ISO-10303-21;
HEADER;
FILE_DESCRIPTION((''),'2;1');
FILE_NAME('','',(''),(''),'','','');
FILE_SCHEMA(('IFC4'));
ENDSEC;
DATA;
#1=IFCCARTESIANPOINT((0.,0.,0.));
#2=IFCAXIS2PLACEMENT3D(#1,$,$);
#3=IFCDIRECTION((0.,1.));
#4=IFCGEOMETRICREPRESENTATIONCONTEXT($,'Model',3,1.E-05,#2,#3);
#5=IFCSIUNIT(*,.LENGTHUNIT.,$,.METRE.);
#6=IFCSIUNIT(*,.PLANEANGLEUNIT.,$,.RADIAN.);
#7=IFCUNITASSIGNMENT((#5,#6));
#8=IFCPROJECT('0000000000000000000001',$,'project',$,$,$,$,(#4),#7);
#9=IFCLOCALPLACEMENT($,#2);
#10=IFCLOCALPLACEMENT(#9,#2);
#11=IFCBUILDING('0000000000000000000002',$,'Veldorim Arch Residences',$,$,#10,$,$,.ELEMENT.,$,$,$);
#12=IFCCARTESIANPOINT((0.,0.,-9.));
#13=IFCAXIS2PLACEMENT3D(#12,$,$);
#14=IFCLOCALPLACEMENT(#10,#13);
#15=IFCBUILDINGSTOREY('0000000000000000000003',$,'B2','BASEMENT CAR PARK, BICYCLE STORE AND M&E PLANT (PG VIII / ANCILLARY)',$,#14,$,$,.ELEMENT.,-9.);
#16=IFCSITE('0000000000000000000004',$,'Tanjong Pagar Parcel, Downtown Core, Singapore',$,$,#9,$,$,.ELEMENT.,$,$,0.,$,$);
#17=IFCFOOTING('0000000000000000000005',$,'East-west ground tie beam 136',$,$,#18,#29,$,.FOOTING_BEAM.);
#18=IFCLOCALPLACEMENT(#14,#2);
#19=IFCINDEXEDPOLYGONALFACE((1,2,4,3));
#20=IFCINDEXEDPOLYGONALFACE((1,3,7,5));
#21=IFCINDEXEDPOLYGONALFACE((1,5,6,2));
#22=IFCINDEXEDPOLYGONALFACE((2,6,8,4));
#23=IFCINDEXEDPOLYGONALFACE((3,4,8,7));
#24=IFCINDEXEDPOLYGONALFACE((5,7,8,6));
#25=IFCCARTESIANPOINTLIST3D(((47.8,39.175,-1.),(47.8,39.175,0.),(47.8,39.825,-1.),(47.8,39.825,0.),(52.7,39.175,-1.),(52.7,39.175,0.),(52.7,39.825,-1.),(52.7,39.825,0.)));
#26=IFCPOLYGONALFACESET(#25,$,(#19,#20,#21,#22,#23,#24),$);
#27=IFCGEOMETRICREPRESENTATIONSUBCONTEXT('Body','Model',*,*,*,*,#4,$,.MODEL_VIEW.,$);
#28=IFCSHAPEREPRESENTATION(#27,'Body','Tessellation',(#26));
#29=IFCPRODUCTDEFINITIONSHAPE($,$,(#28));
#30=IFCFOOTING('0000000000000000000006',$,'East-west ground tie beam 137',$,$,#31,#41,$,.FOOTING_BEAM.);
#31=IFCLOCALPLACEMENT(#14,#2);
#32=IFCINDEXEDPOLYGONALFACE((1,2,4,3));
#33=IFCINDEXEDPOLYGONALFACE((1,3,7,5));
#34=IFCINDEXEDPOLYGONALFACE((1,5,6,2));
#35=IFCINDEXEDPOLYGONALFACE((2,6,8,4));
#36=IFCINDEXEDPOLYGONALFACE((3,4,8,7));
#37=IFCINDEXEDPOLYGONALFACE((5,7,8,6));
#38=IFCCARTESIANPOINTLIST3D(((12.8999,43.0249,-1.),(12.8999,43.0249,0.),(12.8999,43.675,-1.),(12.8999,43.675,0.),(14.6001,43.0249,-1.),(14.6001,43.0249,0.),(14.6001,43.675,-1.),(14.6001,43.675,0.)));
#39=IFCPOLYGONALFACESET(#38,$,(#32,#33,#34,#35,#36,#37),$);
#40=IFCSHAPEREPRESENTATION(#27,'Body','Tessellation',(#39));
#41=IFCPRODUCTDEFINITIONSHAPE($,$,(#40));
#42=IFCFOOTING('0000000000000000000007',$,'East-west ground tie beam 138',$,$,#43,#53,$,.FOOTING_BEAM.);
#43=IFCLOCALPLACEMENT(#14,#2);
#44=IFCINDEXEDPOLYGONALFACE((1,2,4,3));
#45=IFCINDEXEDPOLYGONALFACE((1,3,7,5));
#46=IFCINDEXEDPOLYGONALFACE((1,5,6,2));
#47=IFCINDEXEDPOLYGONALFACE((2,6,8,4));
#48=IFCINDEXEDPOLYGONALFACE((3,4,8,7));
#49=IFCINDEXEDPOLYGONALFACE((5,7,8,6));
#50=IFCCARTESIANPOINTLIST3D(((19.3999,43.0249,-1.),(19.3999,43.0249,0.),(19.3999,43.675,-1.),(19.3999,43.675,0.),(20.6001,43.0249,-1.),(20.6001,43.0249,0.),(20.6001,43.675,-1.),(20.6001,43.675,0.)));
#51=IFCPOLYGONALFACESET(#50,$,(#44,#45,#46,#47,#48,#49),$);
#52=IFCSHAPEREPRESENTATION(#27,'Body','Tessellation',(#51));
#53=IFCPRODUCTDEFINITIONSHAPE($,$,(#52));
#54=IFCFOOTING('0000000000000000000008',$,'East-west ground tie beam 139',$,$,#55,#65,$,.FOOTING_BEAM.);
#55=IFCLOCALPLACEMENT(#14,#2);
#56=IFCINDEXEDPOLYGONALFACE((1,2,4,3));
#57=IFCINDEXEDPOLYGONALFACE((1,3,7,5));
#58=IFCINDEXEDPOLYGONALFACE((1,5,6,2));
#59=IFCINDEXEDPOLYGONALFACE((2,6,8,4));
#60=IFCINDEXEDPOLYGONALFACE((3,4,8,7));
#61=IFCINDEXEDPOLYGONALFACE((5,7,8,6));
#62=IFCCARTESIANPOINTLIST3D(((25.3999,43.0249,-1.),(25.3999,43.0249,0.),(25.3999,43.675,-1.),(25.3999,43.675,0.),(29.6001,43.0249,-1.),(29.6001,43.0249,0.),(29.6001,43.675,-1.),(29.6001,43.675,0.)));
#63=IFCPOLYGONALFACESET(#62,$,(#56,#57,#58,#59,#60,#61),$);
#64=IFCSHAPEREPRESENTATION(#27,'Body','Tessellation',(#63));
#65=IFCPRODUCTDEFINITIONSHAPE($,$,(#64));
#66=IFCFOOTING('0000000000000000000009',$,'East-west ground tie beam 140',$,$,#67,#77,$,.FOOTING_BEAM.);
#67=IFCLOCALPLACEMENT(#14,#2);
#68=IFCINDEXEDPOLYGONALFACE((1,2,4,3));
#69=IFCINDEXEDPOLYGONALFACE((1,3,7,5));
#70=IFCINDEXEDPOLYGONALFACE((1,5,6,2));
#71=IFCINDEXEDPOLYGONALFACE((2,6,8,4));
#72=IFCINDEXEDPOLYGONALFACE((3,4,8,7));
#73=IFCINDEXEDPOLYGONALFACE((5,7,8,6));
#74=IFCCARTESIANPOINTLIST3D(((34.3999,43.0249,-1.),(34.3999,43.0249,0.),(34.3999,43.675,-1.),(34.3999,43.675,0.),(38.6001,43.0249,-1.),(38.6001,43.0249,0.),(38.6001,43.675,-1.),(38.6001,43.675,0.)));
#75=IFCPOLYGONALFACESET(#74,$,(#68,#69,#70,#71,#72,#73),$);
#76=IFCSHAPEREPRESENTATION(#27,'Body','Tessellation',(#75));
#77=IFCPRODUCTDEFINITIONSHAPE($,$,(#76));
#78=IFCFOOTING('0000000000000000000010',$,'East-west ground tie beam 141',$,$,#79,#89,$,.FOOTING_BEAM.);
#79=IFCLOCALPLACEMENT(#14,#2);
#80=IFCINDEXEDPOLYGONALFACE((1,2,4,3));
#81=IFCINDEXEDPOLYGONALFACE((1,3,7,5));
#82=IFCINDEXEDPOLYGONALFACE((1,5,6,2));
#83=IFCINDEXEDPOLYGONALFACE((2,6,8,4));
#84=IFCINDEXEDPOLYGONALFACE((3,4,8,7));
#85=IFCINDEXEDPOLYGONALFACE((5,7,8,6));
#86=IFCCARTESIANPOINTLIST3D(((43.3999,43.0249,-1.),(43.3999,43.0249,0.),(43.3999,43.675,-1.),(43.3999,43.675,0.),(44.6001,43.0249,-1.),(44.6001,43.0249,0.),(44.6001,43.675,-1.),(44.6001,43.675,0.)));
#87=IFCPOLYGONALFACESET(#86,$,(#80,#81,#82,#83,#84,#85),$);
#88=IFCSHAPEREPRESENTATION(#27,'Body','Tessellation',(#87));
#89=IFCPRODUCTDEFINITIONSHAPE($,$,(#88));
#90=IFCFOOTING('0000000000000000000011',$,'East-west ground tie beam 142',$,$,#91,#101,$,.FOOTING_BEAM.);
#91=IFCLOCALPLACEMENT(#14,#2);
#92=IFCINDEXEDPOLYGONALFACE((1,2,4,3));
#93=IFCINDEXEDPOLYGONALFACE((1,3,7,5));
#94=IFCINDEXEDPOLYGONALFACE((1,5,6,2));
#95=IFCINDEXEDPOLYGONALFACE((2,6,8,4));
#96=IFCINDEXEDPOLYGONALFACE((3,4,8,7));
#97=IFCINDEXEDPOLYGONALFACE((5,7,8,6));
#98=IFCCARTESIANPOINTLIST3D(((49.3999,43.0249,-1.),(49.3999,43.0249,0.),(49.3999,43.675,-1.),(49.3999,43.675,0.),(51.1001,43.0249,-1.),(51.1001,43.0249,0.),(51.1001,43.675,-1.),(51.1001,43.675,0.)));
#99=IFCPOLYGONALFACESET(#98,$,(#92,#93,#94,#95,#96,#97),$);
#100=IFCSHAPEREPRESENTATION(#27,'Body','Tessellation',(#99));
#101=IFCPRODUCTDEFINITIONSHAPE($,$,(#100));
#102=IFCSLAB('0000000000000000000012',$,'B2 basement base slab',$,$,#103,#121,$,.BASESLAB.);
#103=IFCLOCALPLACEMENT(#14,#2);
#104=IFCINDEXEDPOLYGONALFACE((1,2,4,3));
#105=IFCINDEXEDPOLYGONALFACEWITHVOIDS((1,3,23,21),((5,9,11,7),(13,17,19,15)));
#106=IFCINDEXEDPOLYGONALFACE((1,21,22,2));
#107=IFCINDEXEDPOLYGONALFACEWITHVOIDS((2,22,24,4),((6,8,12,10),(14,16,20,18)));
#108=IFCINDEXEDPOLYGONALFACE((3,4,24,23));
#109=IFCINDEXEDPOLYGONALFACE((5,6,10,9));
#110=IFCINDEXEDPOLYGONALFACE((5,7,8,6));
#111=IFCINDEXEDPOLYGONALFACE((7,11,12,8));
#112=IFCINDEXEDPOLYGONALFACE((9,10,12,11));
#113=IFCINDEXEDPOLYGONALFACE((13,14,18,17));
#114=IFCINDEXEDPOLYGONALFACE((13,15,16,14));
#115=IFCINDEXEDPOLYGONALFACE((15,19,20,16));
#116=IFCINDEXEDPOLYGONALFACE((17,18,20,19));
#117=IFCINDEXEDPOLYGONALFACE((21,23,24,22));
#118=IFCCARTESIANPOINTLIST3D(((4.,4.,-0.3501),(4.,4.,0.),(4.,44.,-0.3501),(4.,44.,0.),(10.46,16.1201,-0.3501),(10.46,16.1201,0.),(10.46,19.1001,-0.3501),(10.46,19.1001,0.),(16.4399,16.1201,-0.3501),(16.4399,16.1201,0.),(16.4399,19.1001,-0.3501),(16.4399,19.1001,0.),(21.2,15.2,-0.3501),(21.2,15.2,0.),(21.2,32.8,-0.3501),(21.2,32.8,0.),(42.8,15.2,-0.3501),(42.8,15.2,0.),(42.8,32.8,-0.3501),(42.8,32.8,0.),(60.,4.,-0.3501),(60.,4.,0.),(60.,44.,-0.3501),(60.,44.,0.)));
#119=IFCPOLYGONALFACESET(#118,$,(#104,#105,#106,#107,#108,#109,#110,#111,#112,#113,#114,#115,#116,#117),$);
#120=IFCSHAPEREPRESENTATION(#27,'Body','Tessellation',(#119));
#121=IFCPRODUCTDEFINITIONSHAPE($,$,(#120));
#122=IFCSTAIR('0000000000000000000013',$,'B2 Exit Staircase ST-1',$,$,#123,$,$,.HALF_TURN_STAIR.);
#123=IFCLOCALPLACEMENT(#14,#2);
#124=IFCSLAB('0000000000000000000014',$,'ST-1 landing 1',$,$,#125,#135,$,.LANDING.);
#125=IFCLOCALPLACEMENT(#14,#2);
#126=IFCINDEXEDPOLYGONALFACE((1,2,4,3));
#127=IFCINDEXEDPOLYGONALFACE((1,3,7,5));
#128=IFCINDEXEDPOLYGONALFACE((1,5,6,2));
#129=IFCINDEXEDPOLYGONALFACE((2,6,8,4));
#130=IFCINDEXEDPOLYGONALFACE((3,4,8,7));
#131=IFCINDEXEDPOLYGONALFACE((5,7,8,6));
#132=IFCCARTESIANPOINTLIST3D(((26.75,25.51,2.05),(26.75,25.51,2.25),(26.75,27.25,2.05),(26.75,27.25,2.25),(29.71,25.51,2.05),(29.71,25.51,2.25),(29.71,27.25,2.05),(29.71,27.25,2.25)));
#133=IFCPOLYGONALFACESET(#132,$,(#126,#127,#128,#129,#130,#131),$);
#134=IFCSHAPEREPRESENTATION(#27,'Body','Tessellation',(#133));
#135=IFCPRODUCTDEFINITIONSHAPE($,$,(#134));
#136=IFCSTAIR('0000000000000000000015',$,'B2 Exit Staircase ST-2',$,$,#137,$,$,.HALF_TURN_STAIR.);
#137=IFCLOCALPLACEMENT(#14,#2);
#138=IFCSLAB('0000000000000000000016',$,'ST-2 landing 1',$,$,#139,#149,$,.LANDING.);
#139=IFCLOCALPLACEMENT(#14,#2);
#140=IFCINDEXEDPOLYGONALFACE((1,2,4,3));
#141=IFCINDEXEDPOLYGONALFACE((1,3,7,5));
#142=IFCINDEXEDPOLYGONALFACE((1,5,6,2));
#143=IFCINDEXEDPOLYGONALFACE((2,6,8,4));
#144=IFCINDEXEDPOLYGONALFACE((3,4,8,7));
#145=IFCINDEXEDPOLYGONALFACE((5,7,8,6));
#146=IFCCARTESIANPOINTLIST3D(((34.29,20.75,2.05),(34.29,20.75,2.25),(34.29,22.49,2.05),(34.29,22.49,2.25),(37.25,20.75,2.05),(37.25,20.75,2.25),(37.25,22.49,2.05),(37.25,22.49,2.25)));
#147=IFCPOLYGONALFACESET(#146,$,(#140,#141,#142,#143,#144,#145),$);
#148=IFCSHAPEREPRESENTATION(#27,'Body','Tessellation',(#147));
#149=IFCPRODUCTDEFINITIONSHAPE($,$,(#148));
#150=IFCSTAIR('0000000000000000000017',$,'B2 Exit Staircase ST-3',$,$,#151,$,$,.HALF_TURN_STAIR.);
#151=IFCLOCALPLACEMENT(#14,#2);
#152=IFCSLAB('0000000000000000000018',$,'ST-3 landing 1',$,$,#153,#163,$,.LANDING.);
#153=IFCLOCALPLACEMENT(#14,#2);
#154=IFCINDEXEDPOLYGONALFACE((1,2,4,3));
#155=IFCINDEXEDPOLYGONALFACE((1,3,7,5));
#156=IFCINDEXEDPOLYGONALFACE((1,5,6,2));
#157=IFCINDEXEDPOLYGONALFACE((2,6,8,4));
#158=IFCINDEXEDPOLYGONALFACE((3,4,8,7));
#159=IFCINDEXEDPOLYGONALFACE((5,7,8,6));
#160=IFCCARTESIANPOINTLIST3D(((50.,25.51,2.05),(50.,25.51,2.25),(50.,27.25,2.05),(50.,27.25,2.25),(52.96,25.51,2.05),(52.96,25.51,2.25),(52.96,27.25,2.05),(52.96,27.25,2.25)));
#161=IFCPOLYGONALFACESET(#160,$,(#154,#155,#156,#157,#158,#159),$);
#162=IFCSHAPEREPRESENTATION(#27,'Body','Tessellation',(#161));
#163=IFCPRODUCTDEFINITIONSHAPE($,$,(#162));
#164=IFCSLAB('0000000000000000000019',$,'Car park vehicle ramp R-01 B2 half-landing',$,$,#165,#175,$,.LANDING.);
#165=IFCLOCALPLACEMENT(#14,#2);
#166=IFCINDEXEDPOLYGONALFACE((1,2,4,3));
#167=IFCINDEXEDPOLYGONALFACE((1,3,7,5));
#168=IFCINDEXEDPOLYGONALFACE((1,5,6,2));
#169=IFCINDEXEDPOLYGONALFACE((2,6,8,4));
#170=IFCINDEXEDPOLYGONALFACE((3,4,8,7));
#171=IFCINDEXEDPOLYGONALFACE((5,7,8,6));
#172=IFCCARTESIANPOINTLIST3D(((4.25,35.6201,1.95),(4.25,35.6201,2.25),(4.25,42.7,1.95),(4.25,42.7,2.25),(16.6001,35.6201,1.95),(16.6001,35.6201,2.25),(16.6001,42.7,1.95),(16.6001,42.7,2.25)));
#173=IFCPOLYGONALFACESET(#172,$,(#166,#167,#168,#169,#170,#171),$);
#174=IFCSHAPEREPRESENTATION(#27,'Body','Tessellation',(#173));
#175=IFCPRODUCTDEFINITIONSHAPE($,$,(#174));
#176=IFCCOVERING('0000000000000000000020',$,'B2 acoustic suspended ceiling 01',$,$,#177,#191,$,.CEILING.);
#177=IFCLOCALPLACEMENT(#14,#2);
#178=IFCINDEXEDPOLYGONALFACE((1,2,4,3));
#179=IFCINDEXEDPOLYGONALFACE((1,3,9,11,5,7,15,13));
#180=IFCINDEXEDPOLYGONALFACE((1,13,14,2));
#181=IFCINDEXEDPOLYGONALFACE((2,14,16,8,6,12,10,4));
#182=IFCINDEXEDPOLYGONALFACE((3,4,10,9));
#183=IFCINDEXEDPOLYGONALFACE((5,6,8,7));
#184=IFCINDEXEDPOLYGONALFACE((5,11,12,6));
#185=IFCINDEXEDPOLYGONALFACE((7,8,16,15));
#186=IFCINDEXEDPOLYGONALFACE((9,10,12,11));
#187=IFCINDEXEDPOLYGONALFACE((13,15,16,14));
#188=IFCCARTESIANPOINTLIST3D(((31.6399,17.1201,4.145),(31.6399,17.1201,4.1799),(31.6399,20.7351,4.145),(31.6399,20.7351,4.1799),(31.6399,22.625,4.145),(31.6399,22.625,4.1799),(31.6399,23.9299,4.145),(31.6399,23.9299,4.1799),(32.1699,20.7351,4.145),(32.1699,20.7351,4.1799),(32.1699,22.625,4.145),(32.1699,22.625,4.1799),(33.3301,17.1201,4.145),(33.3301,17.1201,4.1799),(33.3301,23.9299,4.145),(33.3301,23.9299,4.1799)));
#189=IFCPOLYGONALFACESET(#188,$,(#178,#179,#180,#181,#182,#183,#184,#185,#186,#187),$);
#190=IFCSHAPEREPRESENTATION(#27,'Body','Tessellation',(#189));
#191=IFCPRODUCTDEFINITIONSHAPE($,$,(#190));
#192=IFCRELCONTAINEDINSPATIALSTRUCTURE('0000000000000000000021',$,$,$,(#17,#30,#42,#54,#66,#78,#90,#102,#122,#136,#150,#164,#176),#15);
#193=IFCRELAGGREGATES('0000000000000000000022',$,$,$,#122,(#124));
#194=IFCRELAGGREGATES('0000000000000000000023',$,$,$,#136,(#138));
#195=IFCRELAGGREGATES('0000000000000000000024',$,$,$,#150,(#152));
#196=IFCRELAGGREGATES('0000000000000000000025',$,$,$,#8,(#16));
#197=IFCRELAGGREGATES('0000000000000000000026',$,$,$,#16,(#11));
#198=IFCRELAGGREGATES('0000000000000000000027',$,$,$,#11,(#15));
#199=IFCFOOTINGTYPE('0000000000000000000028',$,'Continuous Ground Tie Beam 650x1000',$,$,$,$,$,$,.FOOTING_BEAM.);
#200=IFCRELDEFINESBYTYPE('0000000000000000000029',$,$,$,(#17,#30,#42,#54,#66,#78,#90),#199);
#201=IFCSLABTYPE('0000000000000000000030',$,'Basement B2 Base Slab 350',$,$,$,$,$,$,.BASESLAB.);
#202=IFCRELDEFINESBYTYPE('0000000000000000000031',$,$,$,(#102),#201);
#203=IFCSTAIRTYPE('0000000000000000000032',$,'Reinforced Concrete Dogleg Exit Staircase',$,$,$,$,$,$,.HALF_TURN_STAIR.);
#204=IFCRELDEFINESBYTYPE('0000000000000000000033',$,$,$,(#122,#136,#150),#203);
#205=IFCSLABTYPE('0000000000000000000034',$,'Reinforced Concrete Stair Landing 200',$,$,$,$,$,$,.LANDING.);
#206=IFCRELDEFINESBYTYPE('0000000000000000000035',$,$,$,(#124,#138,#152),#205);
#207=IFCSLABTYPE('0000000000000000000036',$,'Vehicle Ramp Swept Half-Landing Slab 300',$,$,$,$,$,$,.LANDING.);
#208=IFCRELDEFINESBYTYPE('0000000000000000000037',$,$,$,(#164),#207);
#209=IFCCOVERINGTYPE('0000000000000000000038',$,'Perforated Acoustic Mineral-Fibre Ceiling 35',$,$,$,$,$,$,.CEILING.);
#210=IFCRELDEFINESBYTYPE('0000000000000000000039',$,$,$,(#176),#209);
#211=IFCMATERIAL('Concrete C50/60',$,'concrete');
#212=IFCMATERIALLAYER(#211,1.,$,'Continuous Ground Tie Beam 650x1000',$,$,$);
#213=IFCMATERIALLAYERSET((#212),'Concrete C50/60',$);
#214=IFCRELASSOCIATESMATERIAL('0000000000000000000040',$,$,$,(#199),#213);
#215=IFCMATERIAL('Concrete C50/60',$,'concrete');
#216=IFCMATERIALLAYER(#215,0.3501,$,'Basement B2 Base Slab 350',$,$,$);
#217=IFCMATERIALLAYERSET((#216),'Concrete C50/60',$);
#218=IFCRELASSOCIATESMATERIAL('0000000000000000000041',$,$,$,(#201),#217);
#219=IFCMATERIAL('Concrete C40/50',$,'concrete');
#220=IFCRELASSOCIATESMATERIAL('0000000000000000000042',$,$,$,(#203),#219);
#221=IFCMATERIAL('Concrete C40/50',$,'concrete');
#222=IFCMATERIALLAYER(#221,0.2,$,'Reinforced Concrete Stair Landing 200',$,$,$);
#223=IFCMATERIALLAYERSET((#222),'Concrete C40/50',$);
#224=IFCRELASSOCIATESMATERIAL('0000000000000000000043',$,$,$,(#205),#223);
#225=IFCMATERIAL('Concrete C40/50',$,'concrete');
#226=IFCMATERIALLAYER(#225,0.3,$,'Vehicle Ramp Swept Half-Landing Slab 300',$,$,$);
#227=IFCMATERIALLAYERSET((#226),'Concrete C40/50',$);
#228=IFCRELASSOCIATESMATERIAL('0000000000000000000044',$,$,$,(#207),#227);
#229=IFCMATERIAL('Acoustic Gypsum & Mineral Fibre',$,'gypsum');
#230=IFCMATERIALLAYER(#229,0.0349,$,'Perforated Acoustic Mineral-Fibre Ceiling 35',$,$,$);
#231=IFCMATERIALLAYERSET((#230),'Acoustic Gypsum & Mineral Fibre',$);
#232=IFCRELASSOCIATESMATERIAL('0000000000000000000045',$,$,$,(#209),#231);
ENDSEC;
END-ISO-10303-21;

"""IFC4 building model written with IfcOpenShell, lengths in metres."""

from ifc_helpers import new_model, si_unit, direction, frame, origin, place, context, subcontext, project, spatial, polyline, outline, extrude, material, layer, layer_set, type_object, element, aggregate, save


model = new_model("IFC4")

# Units and contexts
model_context = context("Model", 3, precision=1e-05, world=origin(), true_north=direction((0.0, 1.0)))
body_context = subcontext(model_context, "Body", "Model", "MODEL_VIEW")
ifc_project = project(units=[si_unit("LENGTHUNIT", "METRE"), si_unit("PLANEANGLEUNIT", "RADIAN")], contexts=[model_context])

# Site, building, storey
site_placement = place(None, origin())
site = spatial("IfcSite", under=ifc_project, at=site_placement, Name="Tanjong Pagar Parcel, Downtown Core, Singapore", CompositionType="ELEMENT", RefElevation=0.0)
building_placement = place(site_placement, origin())
building = spatial("IfcBuilding", under=site, at=building_placement, Name="Veldorim Arch Residences", CompositionType="ELEMENT")
storey_placement = place(building_placement, frame((0.0, 0.0, -9.0)))
storey = spatial("IfcBuildingStorey", under=building, at=storey_placement, Name="B2", Description="BASEMENT CAR PARK, BICYCLE STORE AND M&E PLANT (PG VIII / ANCILLARY)", CompositionType="ELEMENT", Elevation=-9.0)

# Footings
ifc_material_1 = material(Name="Concrete C50/60", Category="concrete")
ifc_layer_1 = layer(ifc_material_1, 1.0, Name="Continuous Ground Tie Beam 650x1000")
ifc_layer_set_1 = layer_set([ifc_layer_1], Name="Concrete C50/60")
footing_type = type_object("IfcFootingType", Name="Continuous Ground Tie Beam 650x1000", PredefinedType="FOOTING_BEAM", material=ifc_layer_set_1)
footing_1_placement = place(storey_placement, frame((0.0, 0.0, -1.0)))
element("IfcFooting", 1, at=footing_1_placement, inside=storey, type_object=footing_type, Name="East-west ground tie beam 136", PredefinedType="FOOTING_BEAM", context=body_context, shape_type="SweptSolid", body=[
    extrude(outline(polyline([(47.8, 39.175), (52.7, 39.175), (52.7, 39.825), (47.8, 39.825), (47.8, 39.175)])), origin(), (0.0, 0.0, 1.0), 1.0),
])
footing_2_placement = place(storey_placement, frame((0.0, 0.0, -1.0)))
element("IfcFooting", 2, at=footing_2_placement, inside=storey, type_object=footing_type, Name="East-west ground tie beam 137", PredefinedType="FOOTING_BEAM", context=body_context, shape_type="SweptSolid", body=[
    extrude(outline(polyline([(12.8999, 43.0249), (14.6001, 43.0249), (14.6001, 43.675), (12.8999, 43.675), (12.8999, 43.0249)])), origin(), (0.0, 0.0, 1.0), 1.0),
])
footing_3_placement = place(storey_placement, frame((0.0, 0.0, -1.0)))
element("IfcFooting", 3, at=footing_3_placement, inside=storey, type_object=footing_type, Name="East-west ground tie beam 138", PredefinedType="FOOTING_BEAM", context=body_context, shape_type="SweptSolid", body=[
    extrude(outline(polyline([(19.3999, 43.0249), (20.6001, 43.0249), (20.6001, 43.675), (19.3999, 43.675), (19.3999, 43.0249)])), origin(), (0.0, 0.0, 1.0), 1.0),
])
footing_4_placement = place(storey_placement, frame((0.0, 0.0, -1.0)))
element("IfcFooting", 4, at=footing_4_placement, inside=storey, type_object=footing_type, Name="East-west ground tie beam 139", PredefinedType="FOOTING_BEAM", context=body_context, shape_type="SweptSolid", body=[
    extrude(outline(polyline([(25.3999, 43.0249), (29.6001, 43.0249), (29.6001, 43.675), (25.3999, 43.675), (25.3999, 43.0249)])), origin(), (0.0, 0.0, 1.0), 1.0),
])
footing_5_placement = place(storey_placement, frame((0.0, 0.0, -1.0)))
element("IfcFooting", 5, at=footing_5_placement, inside=storey, type_object=footing_type, Name="East-west ground tie beam 140", PredefinedType="FOOTING_BEAM", context=body_context, shape_type="SweptSolid", body=[
    extrude(outline(polyline([(34.3999, 43.0249), (38.6001, 43.0249), (38.6001, 43.675), (34.3999, 43.675), (34.3999, 43.0249)])), origin(), (0.0, 0.0, 1.0), 1.0),
])
footing_6_placement = place(storey_placement, frame((0.0, 0.0, -1.0)))
element("IfcFooting", 6, at=footing_6_placement, inside=storey, type_object=footing_type, Name="East-west ground tie beam 141", PredefinedType="FOOTING_BEAM", context=body_context, shape_type="SweptSolid", body=[
    extrude(outline(polyline([(43.3999, 43.0249), (44.6001, 43.0249), (44.6001, 43.675), (43.3999, 43.675), (43.3999, 43.0249)])), origin(), (0.0, 0.0, 1.0), 1.0),
])
footing_7_placement = place(storey_placement, frame((0.0, 0.0, -1.0)))
element("IfcFooting", 7, at=footing_7_placement, inside=storey, type_object=footing_type, Name="East-west ground tie beam 142", PredefinedType="FOOTING_BEAM", context=body_context, shape_type="SweptSolid", body=[
    extrude(outline(polyline([(49.3999, 43.0249), (51.1001, 43.0249), (51.1001, 43.675), (49.3999, 43.675), (49.3999, 43.0249)])), origin(), (0.0, 0.0, 1.0), 1.0),
])

# Slab
ifc_material_2 = material(Name="Concrete C50/60", Category="concrete")
ifc_layer_2 = layer(ifc_material_2, 0.3501, Name="Basement B2 Base Slab 350")
ifc_layer_set_2 = layer_set([ifc_layer_2], Name="Concrete C50/60")
slab_type_1 = type_object("IfcSlabType", Name="Basement B2 Base Slab 350", PredefinedType="BASESLAB", material=ifc_layer_set_2)
slab_1_placement = place(storey_placement, frame((0.0, 0.0, -0.3501)))
element("IfcSlab", 8, at=slab_1_placement, inside=storey, type_object=slab_type_1, Name="B2 basement base slab", PredefinedType="BASESLAB", context=body_context, shape_type="SweptSolid", body=[
    extrude(outline(polyline([(4.0, 4.0), (60.0, 4.0), (60.0, 44.0), (4.0, 44.0), (4.0, 4.0)]), holes=[polyline([(21.2, 15.2), (42.8, 15.2), (42.8, 32.8), (21.2, 32.8), (21.2, 15.2)]), polyline([(10.46, 16.1201), (16.4399, 16.1201), (16.4399, 19.1001), (10.46, 19.1001), (10.46, 16.1201)])]), origin(), (0.0, 0.0, 1.0), 0.3501),
])

# Stairs, slabs
ifc_material_3 = material(Name="Concrete C40/50", Category="concrete")
stair_type = type_object("IfcStairType", Name="Reinforced Concrete Dogleg Exit Staircase", PredefinedType="HALF_TURN_STAIR", material=ifc_material_3)
stair_1_placement = place(storey_placement, origin())
stair_1 = element("IfcStair", 9, at=stair_1_placement, inside=storey, type_object=stair_type, Name="B2 Exit Staircase ST-1", PredefinedType="HALF_TURN_STAIR")
ifc_material_4 = material(Name="Concrete C40/50", Category="concrete")
ifc_layer_3 = layer(ifc_material_4, 0.2, Name="Reinforced Concrete Stair Landing 200")
ifc_layer_set_3 = layer_set([ifc_layer_3], Name="Concrete C40/50")
slab_type_2 = type_object("IfcSlabType", Name="Reinforced Concrete Stair Landing 200", PredefinedType="LANDING", material=ifc_layer_set_3)
slab_2_placement = place(storey_placement, frame((0.0, 0.0, 2.05)))
slab_2 = element("IfcSlab", 10, at=slab_2_placement, type_object=slab_type_2, Name="ST-1 landing 1", PredefinedType="LANDING", context=body_context, shape_type="SweptSolid", body=[
    extrude(outline(polyline([(29.71, 25.51), (29.71, 27.25), (26.75, 27.25), (26.75, 25.51), (29.71, 25.51)])), origin(), (0.0, 0.0, 1.0), 0.2),
])
aggregate(stair_1, [slab_2])
stair_2_placement = place(storey_placement, origin())
stair_2 = element("IfcStair", 11, at=stair_2_placement, inside=storey, type_object=stair_type, Name="B2 Exit Staircase ST-2", PredefinedType="HALF_TURN_STAIR")
slab_3_placement = place(storey_placement, frame((0.0, 0.0, 2.05)))
slab_3 = element("IfcSlab", 12, at=slab_3_placement, type_object=slab_type_2, Name="ST-2 landing 1", PredefinedType="LANDING", context=body_context, shape_type="SweptSolid", body=[
    extrude(outline(polyline([(34.29, 22.49), (34.29, 20.75), (37.25, 20.75), (37.25, 22.49), (34.29, 22.49)])), origin(), (0.0, 0.0, 1.0), 0.2),
])
aggregate(stair_2, [slab_3])
stair_3_placement = place(storey_placement, origin())
stair_3 = element("IfcStair", 13, at=stair_3_placement, inside=storey, type_object=stair_type, Name="B2 Exit Staircase ST-3", PredefinedType="HALF_TURN_STAIR")
slab_4_placement = place(storey_placement, frame((0.0, 0.0, 2.05)))
slab_4 = element("IfcSlab", 14, at=slab_4_placement, type_object=slab_type_2, Name="ST-3 landing 1", PredefinedType="LANDING", context=body_context, shape_type="SweptSolid", body=[
    extrude(outline(polyline([(52.96, 25.51), (52.96, 27.25), (50.0, 27.25), (50.0, 25.51), (52.96, 25.51)])), origin(), (0.0, 0.0, 1.0), 0.2),
])
aggregate(stair_3, [slab_4])

# Slab
ifc_material_5 = material(Name="Concrete C40/50", Category="concrete")
ifc_layer_4 = layer(ifc_material_5, 0.3, Name="Vehicle Ramp Swept Half-Landing Slab 300")
ifc_layer_set_4 = layer_set([ifc_layer_4], Name="Concrete C40/50")
slab_type_3 = type_object("IfcSlabType", Name="Vehicle Ramp Swept Half-Landing Slab 300", PredefinedType="LANDING", material=ifc_layer_set_4)
slab_5_placement = place(storey_placement, frame((0.0, 0.0, 1.95)))
element("IfcSlab", 15, at=slab_5_placement, inside=storey, type_object=slab_type_3, Name="Car park vehicle ramp R-01 B2 half-landing", PredefinedType="LANDING", context=body_context, shape_type="SweptSolid", body=[
    extrude(outline(polyline([(4.25, 35.6201), (16.6001, 35.6201), (16.6001, 42.7), (4.25, 42.7), (4.25, 35.6201)])), origin(), (0.0, 0.0, 1.0), 0.3),
])

# Covering
ifc_material_6 = material(Name="Acoustic Gypsum & Mineral Fibre", Category="gypsum")
ifc_layer_5 = layer(ifc_material_6, 0.0349, Name="Perforated Acoustic Mineral-Fibre Ceiling 35")
ifc_layer_set_5 = layer_set([ifc_layer_5], Name="Acoustic Gypsum & Mineral Fibre")
covering_type_1 = type_object("IfcCoveringType", Name="Perforated Acoustic Mineral-Fibre Ceiling 35", PredefinedType="CEILING", material=ifc_layer_set_5)
covering_1_placement = place(storey_placement, frame((0.0, 0.0, 4.145)))
element("IfcCovering", 16, at=covering_1_placement, inside=storey, type_object=covering_type_1, Name="B2 acoustic suspended ceiling 01", PredefinedType="CEILING", context=body_context, shape_type="SweptSolid", body=[
    extrude(outline(polyline([(33.3301, 23.9299), (33.3301, 17.1201), (31.6399, 17.1201), (31.6399, 20.7351), (32.1699, 20.7351), (32.1699, 22.625), (31.6399, 22.625), (31.6399, 23.9299), (33.3301, 23.9299)])), origin(), (0.0, 0.0, 1.0), 0.0349),
])

save(model, "model.ifc")
